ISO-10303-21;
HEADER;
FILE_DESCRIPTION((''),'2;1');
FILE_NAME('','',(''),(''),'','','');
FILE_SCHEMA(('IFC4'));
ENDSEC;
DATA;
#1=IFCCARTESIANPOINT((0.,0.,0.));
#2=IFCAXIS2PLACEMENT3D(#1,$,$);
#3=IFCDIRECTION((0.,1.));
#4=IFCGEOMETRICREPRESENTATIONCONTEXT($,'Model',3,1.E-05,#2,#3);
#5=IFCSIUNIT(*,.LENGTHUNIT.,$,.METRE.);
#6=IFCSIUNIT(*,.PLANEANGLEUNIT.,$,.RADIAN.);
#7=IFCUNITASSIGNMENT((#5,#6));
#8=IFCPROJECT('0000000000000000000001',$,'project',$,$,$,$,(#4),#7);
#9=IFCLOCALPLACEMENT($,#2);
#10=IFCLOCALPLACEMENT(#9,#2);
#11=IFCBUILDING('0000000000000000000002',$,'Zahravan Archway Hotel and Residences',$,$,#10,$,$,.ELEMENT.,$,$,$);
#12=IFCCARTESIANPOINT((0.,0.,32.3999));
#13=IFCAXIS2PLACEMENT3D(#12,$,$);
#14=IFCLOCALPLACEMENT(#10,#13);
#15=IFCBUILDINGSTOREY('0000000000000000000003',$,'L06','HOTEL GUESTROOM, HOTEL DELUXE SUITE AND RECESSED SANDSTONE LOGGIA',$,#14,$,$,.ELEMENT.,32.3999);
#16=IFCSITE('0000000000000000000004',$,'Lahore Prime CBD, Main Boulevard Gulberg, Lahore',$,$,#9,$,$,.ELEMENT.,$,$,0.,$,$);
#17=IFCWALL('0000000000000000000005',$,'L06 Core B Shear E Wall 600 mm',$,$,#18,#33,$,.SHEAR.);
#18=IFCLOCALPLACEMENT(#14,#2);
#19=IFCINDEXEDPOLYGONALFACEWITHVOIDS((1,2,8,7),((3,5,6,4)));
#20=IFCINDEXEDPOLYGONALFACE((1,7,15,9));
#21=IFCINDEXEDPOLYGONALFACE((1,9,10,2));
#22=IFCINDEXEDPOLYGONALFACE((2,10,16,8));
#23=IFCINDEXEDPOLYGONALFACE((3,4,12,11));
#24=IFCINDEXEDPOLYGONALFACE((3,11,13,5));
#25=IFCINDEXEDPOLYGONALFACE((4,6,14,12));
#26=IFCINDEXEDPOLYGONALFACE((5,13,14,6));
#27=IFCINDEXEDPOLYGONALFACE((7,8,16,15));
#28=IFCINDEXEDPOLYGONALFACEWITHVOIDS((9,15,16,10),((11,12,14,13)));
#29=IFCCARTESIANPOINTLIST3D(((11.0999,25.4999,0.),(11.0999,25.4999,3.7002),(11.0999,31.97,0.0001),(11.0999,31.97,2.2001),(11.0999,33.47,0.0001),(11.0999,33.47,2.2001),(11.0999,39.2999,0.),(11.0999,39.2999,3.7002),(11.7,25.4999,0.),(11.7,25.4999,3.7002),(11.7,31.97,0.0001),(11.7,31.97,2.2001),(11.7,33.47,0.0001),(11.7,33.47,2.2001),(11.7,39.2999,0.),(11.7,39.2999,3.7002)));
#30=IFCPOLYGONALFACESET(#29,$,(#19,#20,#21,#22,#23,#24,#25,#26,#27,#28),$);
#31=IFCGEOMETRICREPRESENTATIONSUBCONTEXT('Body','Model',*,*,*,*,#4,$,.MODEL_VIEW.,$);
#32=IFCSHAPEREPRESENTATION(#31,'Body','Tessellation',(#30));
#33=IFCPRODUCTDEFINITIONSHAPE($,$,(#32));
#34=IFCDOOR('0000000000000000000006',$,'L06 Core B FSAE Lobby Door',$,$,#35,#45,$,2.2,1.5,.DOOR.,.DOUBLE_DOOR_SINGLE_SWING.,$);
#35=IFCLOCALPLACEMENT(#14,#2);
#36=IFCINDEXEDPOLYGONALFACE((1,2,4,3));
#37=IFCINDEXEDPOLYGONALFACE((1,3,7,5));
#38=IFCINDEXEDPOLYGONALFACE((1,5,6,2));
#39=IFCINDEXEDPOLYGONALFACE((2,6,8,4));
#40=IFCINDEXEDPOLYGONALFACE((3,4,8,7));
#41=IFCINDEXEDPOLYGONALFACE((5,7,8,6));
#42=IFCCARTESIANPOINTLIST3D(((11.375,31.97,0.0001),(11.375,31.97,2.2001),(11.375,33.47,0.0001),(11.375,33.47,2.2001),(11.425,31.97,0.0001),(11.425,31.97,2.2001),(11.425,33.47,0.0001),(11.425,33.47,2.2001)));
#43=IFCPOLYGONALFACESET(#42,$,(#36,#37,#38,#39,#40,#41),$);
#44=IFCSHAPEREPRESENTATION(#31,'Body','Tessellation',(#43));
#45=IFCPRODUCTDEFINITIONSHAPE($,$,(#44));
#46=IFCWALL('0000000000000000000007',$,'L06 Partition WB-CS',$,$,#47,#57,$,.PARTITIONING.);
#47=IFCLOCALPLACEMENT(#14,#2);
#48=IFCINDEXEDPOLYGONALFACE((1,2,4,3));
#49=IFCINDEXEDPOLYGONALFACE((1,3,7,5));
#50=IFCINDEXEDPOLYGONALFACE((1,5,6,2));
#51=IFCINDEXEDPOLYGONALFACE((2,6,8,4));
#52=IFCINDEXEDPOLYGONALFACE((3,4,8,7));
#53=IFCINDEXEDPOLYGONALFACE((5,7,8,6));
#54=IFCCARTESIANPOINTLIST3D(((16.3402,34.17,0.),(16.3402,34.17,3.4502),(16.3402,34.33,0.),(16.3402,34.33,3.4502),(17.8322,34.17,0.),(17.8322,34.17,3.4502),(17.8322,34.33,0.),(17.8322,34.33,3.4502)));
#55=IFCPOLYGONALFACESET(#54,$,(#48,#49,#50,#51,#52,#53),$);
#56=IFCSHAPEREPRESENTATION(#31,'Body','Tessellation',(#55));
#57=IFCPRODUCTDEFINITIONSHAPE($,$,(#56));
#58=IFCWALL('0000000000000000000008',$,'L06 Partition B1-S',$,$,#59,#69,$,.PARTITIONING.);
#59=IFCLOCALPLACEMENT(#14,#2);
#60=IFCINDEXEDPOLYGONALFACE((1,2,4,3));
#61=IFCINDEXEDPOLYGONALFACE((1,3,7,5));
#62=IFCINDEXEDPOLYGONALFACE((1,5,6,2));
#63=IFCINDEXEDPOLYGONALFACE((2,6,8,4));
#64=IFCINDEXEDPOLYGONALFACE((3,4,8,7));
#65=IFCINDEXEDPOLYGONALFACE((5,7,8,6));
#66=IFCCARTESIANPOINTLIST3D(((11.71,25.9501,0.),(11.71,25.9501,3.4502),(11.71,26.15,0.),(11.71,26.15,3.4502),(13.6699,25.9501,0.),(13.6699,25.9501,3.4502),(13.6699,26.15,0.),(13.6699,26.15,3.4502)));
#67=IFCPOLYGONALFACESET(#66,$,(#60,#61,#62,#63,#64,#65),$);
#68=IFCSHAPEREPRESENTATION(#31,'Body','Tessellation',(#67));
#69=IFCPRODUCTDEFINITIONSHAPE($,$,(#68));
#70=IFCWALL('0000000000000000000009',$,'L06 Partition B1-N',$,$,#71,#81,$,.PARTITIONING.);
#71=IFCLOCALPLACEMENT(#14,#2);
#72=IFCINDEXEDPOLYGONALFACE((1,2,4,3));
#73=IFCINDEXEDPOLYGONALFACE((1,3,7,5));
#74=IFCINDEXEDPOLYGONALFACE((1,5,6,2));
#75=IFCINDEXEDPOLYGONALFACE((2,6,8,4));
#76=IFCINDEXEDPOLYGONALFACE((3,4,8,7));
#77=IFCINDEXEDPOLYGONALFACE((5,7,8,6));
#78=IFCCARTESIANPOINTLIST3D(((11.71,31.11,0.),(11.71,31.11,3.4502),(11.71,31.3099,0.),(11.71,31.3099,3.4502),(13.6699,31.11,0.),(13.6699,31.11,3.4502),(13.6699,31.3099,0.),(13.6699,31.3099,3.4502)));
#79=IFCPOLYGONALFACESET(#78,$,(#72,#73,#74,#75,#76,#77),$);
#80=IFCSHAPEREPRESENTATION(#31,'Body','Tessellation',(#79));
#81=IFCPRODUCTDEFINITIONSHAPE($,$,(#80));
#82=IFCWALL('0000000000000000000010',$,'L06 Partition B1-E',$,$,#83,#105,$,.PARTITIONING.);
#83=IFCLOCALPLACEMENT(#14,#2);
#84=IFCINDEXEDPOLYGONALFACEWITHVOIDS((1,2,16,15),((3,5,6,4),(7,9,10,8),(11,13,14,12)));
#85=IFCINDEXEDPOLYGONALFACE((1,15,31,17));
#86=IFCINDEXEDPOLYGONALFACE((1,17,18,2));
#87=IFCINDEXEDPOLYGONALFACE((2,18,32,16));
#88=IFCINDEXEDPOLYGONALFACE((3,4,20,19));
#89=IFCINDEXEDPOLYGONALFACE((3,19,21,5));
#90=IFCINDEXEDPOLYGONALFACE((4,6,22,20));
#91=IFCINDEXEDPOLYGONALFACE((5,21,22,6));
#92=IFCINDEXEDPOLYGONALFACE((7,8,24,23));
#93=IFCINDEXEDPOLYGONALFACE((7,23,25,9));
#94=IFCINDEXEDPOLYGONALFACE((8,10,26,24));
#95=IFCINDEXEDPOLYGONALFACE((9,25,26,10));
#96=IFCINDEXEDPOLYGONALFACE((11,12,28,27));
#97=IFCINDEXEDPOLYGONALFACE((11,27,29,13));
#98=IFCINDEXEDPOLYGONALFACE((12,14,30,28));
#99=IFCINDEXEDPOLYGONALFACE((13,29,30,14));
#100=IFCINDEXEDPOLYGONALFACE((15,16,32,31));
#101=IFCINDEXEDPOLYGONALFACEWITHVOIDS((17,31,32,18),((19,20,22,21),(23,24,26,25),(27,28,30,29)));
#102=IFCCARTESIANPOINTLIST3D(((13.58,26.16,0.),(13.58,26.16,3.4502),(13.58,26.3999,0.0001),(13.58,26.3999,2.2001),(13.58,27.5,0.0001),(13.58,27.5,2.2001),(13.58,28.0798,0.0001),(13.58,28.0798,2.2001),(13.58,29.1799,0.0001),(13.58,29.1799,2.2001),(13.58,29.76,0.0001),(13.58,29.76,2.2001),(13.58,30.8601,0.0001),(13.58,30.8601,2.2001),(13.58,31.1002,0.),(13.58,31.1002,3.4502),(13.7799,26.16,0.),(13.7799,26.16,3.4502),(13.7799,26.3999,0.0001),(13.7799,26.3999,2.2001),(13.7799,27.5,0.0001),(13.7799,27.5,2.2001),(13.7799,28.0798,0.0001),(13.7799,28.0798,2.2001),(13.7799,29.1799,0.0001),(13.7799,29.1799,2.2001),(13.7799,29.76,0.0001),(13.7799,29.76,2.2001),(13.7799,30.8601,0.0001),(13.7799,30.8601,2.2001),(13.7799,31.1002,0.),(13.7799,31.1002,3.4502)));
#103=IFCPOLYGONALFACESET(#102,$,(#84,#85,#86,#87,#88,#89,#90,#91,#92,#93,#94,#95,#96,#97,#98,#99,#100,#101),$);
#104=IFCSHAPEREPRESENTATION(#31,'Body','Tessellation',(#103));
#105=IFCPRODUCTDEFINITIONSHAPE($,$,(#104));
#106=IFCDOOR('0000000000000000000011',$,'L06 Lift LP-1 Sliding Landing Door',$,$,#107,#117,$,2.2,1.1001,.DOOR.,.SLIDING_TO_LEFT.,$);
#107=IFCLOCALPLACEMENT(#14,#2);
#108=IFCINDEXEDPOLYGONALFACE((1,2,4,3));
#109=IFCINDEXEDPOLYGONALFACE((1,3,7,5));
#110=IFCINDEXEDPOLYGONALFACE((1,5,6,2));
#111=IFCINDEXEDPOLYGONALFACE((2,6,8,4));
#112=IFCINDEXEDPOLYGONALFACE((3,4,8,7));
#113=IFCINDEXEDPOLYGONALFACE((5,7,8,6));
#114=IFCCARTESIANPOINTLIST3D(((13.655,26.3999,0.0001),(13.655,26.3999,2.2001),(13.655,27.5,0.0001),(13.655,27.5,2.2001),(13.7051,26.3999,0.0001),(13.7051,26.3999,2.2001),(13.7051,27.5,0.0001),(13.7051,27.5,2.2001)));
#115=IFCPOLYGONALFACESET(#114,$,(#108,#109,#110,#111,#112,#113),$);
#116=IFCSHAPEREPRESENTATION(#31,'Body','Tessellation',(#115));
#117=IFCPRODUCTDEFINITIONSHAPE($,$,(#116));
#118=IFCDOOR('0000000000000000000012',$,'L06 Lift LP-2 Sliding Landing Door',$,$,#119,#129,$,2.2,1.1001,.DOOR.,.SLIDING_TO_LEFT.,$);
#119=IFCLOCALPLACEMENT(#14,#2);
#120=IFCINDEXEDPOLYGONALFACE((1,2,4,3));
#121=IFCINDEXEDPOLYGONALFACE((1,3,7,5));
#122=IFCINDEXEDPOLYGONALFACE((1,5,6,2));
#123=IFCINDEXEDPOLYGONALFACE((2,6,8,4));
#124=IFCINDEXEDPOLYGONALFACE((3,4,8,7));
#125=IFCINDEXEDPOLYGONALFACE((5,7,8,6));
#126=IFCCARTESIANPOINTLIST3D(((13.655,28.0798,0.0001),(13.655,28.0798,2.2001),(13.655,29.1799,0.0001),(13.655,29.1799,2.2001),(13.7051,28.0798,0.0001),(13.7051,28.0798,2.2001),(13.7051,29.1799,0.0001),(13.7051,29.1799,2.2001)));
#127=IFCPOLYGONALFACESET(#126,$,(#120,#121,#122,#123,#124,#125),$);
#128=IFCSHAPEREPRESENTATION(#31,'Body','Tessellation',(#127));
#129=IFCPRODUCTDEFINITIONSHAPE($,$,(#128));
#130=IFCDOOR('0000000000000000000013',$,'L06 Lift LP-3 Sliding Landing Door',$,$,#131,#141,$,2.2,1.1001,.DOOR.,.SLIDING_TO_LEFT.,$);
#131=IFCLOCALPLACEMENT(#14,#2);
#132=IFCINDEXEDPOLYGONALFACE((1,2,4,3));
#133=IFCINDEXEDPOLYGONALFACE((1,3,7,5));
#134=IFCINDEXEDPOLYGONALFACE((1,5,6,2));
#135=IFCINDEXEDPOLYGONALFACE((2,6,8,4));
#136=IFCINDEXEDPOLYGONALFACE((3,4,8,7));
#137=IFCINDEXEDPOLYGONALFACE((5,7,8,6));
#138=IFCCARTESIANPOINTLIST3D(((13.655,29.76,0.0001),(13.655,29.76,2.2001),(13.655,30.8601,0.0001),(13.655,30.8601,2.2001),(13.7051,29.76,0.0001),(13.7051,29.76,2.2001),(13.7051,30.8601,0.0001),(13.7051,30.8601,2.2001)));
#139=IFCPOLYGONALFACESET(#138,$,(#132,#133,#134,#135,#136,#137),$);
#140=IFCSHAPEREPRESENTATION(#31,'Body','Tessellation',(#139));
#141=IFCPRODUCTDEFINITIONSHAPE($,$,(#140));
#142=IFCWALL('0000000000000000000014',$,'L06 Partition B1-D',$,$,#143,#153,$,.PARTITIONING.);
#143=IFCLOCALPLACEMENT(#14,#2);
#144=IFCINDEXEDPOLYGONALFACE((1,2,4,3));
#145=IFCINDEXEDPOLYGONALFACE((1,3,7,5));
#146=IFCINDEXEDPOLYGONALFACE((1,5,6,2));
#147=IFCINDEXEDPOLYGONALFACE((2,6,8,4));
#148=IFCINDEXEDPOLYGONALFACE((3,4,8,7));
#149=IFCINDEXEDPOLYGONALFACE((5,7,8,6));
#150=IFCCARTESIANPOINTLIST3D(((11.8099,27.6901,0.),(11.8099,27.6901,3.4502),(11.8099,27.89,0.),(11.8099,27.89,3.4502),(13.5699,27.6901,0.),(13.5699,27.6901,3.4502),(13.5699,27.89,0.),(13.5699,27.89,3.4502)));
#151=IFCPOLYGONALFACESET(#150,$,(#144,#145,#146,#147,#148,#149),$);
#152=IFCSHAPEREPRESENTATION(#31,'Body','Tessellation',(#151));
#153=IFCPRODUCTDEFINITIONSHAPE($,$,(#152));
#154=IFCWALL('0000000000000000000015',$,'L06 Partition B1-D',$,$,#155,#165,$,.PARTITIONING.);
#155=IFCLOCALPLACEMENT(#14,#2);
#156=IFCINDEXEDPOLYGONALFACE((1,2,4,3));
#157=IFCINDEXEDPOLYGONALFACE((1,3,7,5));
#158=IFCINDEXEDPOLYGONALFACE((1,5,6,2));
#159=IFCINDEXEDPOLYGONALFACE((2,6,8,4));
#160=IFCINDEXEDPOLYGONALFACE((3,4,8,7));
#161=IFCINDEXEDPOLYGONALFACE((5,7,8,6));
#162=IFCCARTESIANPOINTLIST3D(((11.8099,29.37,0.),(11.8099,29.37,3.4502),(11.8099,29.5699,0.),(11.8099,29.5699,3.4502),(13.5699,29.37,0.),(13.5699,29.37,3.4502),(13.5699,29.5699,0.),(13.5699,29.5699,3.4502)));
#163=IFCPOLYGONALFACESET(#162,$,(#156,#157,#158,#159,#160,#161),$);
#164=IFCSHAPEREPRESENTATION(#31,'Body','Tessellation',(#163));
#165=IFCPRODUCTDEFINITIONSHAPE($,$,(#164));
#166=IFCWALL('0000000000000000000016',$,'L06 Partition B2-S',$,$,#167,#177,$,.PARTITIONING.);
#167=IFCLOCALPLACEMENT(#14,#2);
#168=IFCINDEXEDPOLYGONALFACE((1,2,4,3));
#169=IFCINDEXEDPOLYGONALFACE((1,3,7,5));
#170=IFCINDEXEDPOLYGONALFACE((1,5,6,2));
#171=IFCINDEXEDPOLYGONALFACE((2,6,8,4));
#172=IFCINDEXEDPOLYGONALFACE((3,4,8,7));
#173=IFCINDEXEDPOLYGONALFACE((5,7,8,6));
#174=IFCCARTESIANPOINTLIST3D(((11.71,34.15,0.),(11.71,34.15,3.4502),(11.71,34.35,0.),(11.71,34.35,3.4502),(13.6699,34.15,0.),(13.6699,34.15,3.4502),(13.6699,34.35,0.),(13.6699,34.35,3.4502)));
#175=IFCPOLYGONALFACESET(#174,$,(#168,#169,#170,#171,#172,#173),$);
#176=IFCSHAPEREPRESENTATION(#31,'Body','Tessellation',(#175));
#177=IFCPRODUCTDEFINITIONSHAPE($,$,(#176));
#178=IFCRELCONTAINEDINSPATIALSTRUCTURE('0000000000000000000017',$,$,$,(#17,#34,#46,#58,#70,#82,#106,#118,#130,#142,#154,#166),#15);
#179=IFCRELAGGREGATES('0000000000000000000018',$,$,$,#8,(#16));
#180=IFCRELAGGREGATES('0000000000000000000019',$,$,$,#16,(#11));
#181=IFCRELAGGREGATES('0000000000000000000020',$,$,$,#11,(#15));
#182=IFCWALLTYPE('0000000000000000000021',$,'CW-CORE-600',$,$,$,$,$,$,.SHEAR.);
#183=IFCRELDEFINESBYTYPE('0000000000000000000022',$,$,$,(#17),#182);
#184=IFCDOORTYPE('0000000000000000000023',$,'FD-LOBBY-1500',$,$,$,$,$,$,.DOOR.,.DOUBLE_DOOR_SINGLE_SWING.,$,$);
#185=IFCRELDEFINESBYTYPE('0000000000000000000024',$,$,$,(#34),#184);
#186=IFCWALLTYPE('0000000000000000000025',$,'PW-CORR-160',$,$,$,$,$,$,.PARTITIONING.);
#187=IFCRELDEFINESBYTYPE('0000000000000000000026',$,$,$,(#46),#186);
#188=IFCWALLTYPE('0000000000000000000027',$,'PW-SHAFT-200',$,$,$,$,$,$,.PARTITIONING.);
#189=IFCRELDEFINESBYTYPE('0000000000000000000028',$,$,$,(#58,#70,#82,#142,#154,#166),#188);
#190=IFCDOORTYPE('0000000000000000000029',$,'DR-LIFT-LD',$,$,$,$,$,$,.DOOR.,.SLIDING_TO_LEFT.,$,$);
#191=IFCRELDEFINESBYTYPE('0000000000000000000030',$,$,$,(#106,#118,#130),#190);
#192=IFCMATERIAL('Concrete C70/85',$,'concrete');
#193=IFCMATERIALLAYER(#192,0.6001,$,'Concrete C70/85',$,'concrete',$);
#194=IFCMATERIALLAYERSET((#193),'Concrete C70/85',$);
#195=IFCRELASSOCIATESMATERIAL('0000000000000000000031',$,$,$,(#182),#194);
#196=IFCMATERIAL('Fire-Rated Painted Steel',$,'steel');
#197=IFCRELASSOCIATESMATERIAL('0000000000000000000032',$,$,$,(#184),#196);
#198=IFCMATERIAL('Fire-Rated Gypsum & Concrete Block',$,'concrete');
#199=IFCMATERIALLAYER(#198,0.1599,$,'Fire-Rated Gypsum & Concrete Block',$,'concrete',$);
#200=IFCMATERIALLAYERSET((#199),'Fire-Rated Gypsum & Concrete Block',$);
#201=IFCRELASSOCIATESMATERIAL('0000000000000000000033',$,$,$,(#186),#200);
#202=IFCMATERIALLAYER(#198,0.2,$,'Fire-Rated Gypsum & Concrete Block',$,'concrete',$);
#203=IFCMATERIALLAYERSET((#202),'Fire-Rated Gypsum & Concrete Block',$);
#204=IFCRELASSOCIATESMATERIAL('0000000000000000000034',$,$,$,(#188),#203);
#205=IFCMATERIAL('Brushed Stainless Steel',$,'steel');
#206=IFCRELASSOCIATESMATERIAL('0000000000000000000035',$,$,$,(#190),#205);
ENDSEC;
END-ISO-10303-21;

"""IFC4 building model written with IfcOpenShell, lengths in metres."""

from ifc_helpers import new_model, si_unit, direction, frame, frame_2d, origin, place, context, subcontext, project, spatial, rectangle, extrude, source, transform, mapped, material, layer, layer_set, type_object, type_shapes, element, fill, save


model = new_model("IFC4")

# Units and contexts
model_context = context("Model", 3, precision=1e-05, world=origin(), true_north=direction((0.0, 1.0)))
body_context = subcontext(model_context, "Body", "Model", "MODEL_VIEW")
ifc_project = project(units=[si_unit("LENGTHUNIT", "METRE"), si_unit("PLANEANGLEUNIT", "RADIAN")], contexts=[model_context])

# Site, building, storey
site_placement = place(None, origin())
site = spatial("IfcSite", under=ifc_project, at=site_placement, Name="Lahore Prime CBD, Main Boulevard Gulberg, Lahore", CompositionType="ELEMENT", RefElevation=0.0)
building_placement = place(site_placement, origin())
building = spatial("IfcBuilding", under=site, at=building_placement, Name="Zahravan Archway Hotel and Residences", CompositionType="ELEMENT")
storey_placement = place(building_placement, frame((0.0, 0.0, 32.3999)))
storey = spatial("IfcBuildingStorey", under=building, at=storey_placement, Name="L06", Description="HOTEL GUESTROOM, HOTEL DELUXE SUITE AND RECESSED SANDSTONE LOGGIA", CompositionType="ELEMENT", Elevation=32.3999)

# Shared definitions
ifc_material_1 = material(Name="Concrete C70/85", Category="concrete")

# Wall, opening, door
ifc_layer_1 = layer(ifc_material_1, 0.6001, Name="Concrete C70/85", Category="concrete")
ifc_layer_set_1 = layer_set([ifc_layer_1], Name="Concrete C70/85")
wall_type_1 = type_object("IfcWallType", Name="CW-CORE-600", PredefinedType="SHEAR", material=ifc_layer_set_1)
wall_1_placement = place(storey_placement, frame((11.3999, 25.5, 0.0), z_axis=(0.0, 0.0, 1.0), x_axis=(0.0, 1.0, 0.0)))
wall_1 = element("IfcWall", 1, at=wall_1_placement, inside=storey, type_object=wall_type_1, Name="L06 Core B Shear E Wall 600 mm", PredefinedType="SHEAR", context=body_context, shape_type="SweptSolid", body=[
    extrude(rectangle(XDim=13.8, YDim=0.6001, at=frame_2d((6.8999, 0.0))), origin(), (0.0, 0.0, 1.0), 3.7002),
])
opening_1_placement = place(wall_1_placement, frame((6.47, 0.0, 0.0)))
opening_1 = element("IfcOpeningElement", 2, at=opening_1_placement, cuts=wall_1, PredefinedType="OPENING", context=body_context, shape_type="SweptSolid", body=[
    extrude(rectangle(XDim=1.5, YDim=2.2, at=frame_2d((0.75, 1.1001))), frame((0.0, 0.3101, 0.0), z_axis=(0.0, -1.0, 0.0), x_axis=(1.0, 0.0, 0.0)), (0.0, 0.0, 1.0), 0.6201),
])
ifc_material_2 = material(Name="Fire-Rated Painted Steel", Category="steel")
door_type_1 = type_object("IfcDoorType", Name="FD-LOBBY-1500", OperationType="DOUBLE_DOOR_SINGLE_SWING", PredefinedType="DOOR", material=ifc_material_2)
shared_shape_1 = source(origin(), body_context, "Body", "SweptSolid", [
    extrude(rectangle(XDim=1.5, YDim=2.2, at=frame_2d((0.75, 1.1001))), frame((0.0, 0.0249, 0.0), z_axis=(0.0, -1.0, 0.0), x_axis=(1.0, 0.0, 0.0)), (0.0, 0.0, 1.0), 0.05),
])
type_shapes(door_type_1, [shared_shape_1])
door_1_placement = place(opening_1_placement, origin())
door_1 = element("IfcDoor", 3, at=door_1_placement, inside=storey, type_object=door_type_1, Name="L06 Core B FSAE Lobby Door", OperationType="DOUBLE_DOOR_SINGLE_SWING", OverallHeight=2.2, OverallWidth=1.5, PredefinedType="DOOR", context=body_context, shape_type="MappedRepresentation", body=[
    mapped(shared_shape_1, transform((0.0, 0.0, 0.0), scale=1.0)),
])
fill(opening_1, door_1)

# Walls
ifc_material_3 = material(Name="Fire-Rated Gypsum & Concrete Block", Category="concrete")
ifc_layer_2 = layer(ifc_material_3, 0.1599, Name="Fire-Rated Gypsum & Concrete Block", Category="concrete")
ifc_layer_set_2 = layer_set([ifc_layer_2], Name="Fire-Rated Gypsum & Concrete Block")
wall_type_2 = type_object("IfcWallType", Name="PW-CORR-160", PredefinedType="PARTITIONING", material=ifc_layer_set_2)
wall_2_placement = place(storey_placement, frame((16.3401, 34.25, 0.0), z_axis=(0.0, 0.0, 1.0), x_axis=(1.0, 0.0, 0.0)))
element("IfcWall", 4, at=wall_2_placement, inside=storey, type_object=wall_type_2, Name="L06 Partition WB-CS", PredefinedType="PARTITIONING", context=body_context, shape_type="SweptSolid", body=[
    extrude(rectangle(XDim=1.4919, YDim=0.1599, at=frame_2d((0.7461, 0.0))), origin(), (0.0, 0.0, 1.0), 3.4502),
])
ifc_layer_3 = layer(ifc_material_3, 0.2, Name="Fire-Rated Gypsum & Concrete Block", Category="concrete")
ifc_layer_set_3 = layer_set([ifc_layer_3], Name="Fire-Rated Gypsum & Concrete Block")
wall_type_3 = type_object("IfcWallType", Name="PW-SHAFT-200", PredefinedType="PARTITIONING", material=ifc_layer_set_3)
for number, where, z_axis, x_axis, name in (
    (5, (11.71, 26.05, 0.0), (0.0, 0.0, 1.0), (1.0, 0.0, 0.0), "L06 Partition B1-S"),
    (6, (11.71, 31.21, 0.0), (0.0, 0.0, 1.0), (1.0, 0.0, 0.0), "L06 Partition B1-N"),
):
    element("IfcWall", number, at=place(storey_placement, frame(where, z_axis=z_axis, x_axis=x_axis)), inside=storey, type_object=wall_type_3, Name=name, PredefinedType="PARTITIONING", context=body_context, shape_type="SweptSolid", body=[
        extrude(rectangle(XDim=1.96, YDim=0.2, at=frame_2d((0.98, 0.0))), origin(), (0.0, 0.0, 1.0), 3.4502),
    ])

# Wall, openings, doors
wall_3_placement = place(storey_placement, frame((13.6799, 26.1599, 0.0), z_axis=(0.0, 0.0, 1.0), x_axis=(0.0, 1.0, 0.0)))
wall_3 = element("IfcWall", 7, at=wall_3_placement, inside=storey, type_object=wall_type_3, Name="L06 Partition B1-E", PredefinedType="PARTITIONING", context=body_context, shape_type="SweptSolid", body=[
    extrude(rectangle(XDim=4.9402, YDim=0.2, at=frame_2d((2.4702, 0.0))), origin(), (0.0, 0.0, 1.0), 3.4502),
])
opening_2_placement = place(wall_3_placement, frame((0.24, 0.0, 0.0)))
opening_2 = element("IfcOpeningElement", 8, at=opening_2_placement, cuts=wall_3, PredefinedType="OPENING", context=body_context, shape_type="SweptSolid", body=[
    extrude(rectangle(XDim=1.1001, YDim=2.2, at=frame_2d((0.55, 1.1001))), frame((0.0, 0.1099, 0.0), z_axis=(0.0, -1.0, 0.0), x_axis=(1.0, 0.0, 0.0)), (0.0, 0.0, 1.0), 0.22),
])
opening_3_placement = place(wall_3_placement, frame((1.9199, 0.0, 0.0)))
opening_3 = element("IfcOpeningElement", 9, at=opening_3_placement, cuts=wall_3, PredefinedType="OPENING", context=body_context, shape_type="SweptSolid", body=[
    extrude(rectangle(XDim=1.1001, YDim=2.2, at=frame_2d((0.55, 1.1001))), frame((0.0, 0.1099, 0.0), z_axis=(0.0, -1.0, 0.0), x_axis=(1.0, 0.0, 0.0)), (0.0, 0.0, 1.0), 0.22),
])
opening_4_placement = place(wall_3_placement, frame((3.6001, 0.0, 0.0)))
opening_4 = element("IfcOpeningElement", 10, at=opening_4_placement, cuts=wall_3, PredefinedType="OPENING", context=body_context, shape_type="SweptSolid", body=[
    extrude(rectangle(XDim=1.1001, YDim=2.2, at=frame_2d((0.55, 1.1001))), frame((0.0, 0.1099, 0.0), z_axis=(0.0, -1.0, 0.0), x_axis=(1.0, 0.0, 0.0)), (0.0, 0.0, 1.0), 0.22),
])
ifc_material_4 = material(Name="Brushed Stainless Steel", Category="steel")
door_type_2 = type_object("IfcDoorType", Name="DR-LIFT-LD", OperationType="SLIDING_TO_LEFT", PredefinedType="DOOR", material=ifc_material_4)
shared_shape_2 = source(origin(), body_context, "Body", "SweptSolid", [
    extrude(rectangle(XDim=1.1001, YDim=2.2, at=frame_2d((0.55, 1.1001))), frame((0.0, 0.0249, 0.0), z_axis=(0.0, -1.0, 0.0), x_axis=(1.0, 0.0, 0.0)), (0.0, 0.0, 1.0), 0.05),
])
type_shapes(door_type_2, [shared_shape_2])
door_2_placement = place(opening_2_placement, origin())
door_2 = element("IfcDoor", 11, at=door_2_placement, inside=storey, type_object=door_type_2, Name="L06 Lift LP-1 Sliding Landing Door", OperationType="SLIDING_TO_LEFT", OverallHeight=2.2, OverallWidth=1.1001, PredefinedType="DOOR", context=body_context, shape_type="MappedRepresentation", body=[
    mapped(shared_shape_2, transform((0.0, 0.0, 0.0), scale=1.0)),
])
fill(opening_2, door_2)
door_3_placement = place(opening_3_placement, origin())
door_3 = element("IfcDoor", 12, at=door_3_placement, inside=storey, type_object=door_type_2, Name="L06 Lift LP-2 Sliding Landing Door", OperationType="SLIDING_TO_LEFT", OverallHeight=2.2, OverallWidth=1.1001, PredefinedType="DOOR", context=body_context, shape_type="MappedRepresentation", body=[
    mapped(shared_shape_2, transform((0.0, 0.0, 0.0), scale=1.0)),
])
fill(opening_3, door_3)
door_4_placement = place(opening_4_placement, origin())
door_4 = element("IfcDoor", 13, at=door_4_placement, inside=storey, type_object=door_type_2, Name="L06 Lift LP-3 Sliding Landing Door", OperationType="SLIDING_TO_LEFT", OverallHeight=2.2, OverallWidth=1.1001, PredefinedType="DOOR", context=body_context, shape_type="MappedRepresentation", body=[
    mapped(shared_shape_2, transform((0.0, 0.0, 0.0), scale=1.0)),
])
fill(opening_4, door_4)

# Walls
for number, where, z_axis, x_axis, name in (
    (14, (11.8101, 27.79, 0.0), (0.0, 0.0, 1.0), (1.0, 0.0, 0.0), "L06 Partition B1-D"),
    (15, (11.8101, 29.47, 0.0), (0.0, 0.0, 1.0), (1.0, 0.0, 0.0), "L06 Partition B1-D"),
):
    element("IfcWall", number, at=place(storey_placement, frame(where, z_axis=z_axis, x_axis=x_axis)), inside=storey, type_object=wall_type_3, Name=name, PredefinedType="PARTITIONING", context=body_context, shape_type="SweptSolid", body=[
        extrude(rectangle(XDim=1.76, YDim=0.2, at=frame_2d((0.8799, 0.0))), origin(), (0.0, 0.0, 1.0), 3.4502),
    ])
wall_4_placement = place(storey_placement, frame((11.71, 34.25, 0.0), z_axis=(0.0, 0.0, 1.0), x_axis=(1.0, 0.0, 0.0)))
element("IfcWall", 16, at=wall_4_placement, inside=storey, type_object=wall_type_3, Name="L06 Partition B2-S", PredefinedType="PARTITIONING", context=body_context, shape_type="SweptSolid", body=[
    extrude(rectangle(XDim=1.96, YDim=0.2, at=frame_2d((0.98, 0.0))), origin(), (0.0, 0.0, 1.0), 3.4502),
])

save(model, "model.ifc")
